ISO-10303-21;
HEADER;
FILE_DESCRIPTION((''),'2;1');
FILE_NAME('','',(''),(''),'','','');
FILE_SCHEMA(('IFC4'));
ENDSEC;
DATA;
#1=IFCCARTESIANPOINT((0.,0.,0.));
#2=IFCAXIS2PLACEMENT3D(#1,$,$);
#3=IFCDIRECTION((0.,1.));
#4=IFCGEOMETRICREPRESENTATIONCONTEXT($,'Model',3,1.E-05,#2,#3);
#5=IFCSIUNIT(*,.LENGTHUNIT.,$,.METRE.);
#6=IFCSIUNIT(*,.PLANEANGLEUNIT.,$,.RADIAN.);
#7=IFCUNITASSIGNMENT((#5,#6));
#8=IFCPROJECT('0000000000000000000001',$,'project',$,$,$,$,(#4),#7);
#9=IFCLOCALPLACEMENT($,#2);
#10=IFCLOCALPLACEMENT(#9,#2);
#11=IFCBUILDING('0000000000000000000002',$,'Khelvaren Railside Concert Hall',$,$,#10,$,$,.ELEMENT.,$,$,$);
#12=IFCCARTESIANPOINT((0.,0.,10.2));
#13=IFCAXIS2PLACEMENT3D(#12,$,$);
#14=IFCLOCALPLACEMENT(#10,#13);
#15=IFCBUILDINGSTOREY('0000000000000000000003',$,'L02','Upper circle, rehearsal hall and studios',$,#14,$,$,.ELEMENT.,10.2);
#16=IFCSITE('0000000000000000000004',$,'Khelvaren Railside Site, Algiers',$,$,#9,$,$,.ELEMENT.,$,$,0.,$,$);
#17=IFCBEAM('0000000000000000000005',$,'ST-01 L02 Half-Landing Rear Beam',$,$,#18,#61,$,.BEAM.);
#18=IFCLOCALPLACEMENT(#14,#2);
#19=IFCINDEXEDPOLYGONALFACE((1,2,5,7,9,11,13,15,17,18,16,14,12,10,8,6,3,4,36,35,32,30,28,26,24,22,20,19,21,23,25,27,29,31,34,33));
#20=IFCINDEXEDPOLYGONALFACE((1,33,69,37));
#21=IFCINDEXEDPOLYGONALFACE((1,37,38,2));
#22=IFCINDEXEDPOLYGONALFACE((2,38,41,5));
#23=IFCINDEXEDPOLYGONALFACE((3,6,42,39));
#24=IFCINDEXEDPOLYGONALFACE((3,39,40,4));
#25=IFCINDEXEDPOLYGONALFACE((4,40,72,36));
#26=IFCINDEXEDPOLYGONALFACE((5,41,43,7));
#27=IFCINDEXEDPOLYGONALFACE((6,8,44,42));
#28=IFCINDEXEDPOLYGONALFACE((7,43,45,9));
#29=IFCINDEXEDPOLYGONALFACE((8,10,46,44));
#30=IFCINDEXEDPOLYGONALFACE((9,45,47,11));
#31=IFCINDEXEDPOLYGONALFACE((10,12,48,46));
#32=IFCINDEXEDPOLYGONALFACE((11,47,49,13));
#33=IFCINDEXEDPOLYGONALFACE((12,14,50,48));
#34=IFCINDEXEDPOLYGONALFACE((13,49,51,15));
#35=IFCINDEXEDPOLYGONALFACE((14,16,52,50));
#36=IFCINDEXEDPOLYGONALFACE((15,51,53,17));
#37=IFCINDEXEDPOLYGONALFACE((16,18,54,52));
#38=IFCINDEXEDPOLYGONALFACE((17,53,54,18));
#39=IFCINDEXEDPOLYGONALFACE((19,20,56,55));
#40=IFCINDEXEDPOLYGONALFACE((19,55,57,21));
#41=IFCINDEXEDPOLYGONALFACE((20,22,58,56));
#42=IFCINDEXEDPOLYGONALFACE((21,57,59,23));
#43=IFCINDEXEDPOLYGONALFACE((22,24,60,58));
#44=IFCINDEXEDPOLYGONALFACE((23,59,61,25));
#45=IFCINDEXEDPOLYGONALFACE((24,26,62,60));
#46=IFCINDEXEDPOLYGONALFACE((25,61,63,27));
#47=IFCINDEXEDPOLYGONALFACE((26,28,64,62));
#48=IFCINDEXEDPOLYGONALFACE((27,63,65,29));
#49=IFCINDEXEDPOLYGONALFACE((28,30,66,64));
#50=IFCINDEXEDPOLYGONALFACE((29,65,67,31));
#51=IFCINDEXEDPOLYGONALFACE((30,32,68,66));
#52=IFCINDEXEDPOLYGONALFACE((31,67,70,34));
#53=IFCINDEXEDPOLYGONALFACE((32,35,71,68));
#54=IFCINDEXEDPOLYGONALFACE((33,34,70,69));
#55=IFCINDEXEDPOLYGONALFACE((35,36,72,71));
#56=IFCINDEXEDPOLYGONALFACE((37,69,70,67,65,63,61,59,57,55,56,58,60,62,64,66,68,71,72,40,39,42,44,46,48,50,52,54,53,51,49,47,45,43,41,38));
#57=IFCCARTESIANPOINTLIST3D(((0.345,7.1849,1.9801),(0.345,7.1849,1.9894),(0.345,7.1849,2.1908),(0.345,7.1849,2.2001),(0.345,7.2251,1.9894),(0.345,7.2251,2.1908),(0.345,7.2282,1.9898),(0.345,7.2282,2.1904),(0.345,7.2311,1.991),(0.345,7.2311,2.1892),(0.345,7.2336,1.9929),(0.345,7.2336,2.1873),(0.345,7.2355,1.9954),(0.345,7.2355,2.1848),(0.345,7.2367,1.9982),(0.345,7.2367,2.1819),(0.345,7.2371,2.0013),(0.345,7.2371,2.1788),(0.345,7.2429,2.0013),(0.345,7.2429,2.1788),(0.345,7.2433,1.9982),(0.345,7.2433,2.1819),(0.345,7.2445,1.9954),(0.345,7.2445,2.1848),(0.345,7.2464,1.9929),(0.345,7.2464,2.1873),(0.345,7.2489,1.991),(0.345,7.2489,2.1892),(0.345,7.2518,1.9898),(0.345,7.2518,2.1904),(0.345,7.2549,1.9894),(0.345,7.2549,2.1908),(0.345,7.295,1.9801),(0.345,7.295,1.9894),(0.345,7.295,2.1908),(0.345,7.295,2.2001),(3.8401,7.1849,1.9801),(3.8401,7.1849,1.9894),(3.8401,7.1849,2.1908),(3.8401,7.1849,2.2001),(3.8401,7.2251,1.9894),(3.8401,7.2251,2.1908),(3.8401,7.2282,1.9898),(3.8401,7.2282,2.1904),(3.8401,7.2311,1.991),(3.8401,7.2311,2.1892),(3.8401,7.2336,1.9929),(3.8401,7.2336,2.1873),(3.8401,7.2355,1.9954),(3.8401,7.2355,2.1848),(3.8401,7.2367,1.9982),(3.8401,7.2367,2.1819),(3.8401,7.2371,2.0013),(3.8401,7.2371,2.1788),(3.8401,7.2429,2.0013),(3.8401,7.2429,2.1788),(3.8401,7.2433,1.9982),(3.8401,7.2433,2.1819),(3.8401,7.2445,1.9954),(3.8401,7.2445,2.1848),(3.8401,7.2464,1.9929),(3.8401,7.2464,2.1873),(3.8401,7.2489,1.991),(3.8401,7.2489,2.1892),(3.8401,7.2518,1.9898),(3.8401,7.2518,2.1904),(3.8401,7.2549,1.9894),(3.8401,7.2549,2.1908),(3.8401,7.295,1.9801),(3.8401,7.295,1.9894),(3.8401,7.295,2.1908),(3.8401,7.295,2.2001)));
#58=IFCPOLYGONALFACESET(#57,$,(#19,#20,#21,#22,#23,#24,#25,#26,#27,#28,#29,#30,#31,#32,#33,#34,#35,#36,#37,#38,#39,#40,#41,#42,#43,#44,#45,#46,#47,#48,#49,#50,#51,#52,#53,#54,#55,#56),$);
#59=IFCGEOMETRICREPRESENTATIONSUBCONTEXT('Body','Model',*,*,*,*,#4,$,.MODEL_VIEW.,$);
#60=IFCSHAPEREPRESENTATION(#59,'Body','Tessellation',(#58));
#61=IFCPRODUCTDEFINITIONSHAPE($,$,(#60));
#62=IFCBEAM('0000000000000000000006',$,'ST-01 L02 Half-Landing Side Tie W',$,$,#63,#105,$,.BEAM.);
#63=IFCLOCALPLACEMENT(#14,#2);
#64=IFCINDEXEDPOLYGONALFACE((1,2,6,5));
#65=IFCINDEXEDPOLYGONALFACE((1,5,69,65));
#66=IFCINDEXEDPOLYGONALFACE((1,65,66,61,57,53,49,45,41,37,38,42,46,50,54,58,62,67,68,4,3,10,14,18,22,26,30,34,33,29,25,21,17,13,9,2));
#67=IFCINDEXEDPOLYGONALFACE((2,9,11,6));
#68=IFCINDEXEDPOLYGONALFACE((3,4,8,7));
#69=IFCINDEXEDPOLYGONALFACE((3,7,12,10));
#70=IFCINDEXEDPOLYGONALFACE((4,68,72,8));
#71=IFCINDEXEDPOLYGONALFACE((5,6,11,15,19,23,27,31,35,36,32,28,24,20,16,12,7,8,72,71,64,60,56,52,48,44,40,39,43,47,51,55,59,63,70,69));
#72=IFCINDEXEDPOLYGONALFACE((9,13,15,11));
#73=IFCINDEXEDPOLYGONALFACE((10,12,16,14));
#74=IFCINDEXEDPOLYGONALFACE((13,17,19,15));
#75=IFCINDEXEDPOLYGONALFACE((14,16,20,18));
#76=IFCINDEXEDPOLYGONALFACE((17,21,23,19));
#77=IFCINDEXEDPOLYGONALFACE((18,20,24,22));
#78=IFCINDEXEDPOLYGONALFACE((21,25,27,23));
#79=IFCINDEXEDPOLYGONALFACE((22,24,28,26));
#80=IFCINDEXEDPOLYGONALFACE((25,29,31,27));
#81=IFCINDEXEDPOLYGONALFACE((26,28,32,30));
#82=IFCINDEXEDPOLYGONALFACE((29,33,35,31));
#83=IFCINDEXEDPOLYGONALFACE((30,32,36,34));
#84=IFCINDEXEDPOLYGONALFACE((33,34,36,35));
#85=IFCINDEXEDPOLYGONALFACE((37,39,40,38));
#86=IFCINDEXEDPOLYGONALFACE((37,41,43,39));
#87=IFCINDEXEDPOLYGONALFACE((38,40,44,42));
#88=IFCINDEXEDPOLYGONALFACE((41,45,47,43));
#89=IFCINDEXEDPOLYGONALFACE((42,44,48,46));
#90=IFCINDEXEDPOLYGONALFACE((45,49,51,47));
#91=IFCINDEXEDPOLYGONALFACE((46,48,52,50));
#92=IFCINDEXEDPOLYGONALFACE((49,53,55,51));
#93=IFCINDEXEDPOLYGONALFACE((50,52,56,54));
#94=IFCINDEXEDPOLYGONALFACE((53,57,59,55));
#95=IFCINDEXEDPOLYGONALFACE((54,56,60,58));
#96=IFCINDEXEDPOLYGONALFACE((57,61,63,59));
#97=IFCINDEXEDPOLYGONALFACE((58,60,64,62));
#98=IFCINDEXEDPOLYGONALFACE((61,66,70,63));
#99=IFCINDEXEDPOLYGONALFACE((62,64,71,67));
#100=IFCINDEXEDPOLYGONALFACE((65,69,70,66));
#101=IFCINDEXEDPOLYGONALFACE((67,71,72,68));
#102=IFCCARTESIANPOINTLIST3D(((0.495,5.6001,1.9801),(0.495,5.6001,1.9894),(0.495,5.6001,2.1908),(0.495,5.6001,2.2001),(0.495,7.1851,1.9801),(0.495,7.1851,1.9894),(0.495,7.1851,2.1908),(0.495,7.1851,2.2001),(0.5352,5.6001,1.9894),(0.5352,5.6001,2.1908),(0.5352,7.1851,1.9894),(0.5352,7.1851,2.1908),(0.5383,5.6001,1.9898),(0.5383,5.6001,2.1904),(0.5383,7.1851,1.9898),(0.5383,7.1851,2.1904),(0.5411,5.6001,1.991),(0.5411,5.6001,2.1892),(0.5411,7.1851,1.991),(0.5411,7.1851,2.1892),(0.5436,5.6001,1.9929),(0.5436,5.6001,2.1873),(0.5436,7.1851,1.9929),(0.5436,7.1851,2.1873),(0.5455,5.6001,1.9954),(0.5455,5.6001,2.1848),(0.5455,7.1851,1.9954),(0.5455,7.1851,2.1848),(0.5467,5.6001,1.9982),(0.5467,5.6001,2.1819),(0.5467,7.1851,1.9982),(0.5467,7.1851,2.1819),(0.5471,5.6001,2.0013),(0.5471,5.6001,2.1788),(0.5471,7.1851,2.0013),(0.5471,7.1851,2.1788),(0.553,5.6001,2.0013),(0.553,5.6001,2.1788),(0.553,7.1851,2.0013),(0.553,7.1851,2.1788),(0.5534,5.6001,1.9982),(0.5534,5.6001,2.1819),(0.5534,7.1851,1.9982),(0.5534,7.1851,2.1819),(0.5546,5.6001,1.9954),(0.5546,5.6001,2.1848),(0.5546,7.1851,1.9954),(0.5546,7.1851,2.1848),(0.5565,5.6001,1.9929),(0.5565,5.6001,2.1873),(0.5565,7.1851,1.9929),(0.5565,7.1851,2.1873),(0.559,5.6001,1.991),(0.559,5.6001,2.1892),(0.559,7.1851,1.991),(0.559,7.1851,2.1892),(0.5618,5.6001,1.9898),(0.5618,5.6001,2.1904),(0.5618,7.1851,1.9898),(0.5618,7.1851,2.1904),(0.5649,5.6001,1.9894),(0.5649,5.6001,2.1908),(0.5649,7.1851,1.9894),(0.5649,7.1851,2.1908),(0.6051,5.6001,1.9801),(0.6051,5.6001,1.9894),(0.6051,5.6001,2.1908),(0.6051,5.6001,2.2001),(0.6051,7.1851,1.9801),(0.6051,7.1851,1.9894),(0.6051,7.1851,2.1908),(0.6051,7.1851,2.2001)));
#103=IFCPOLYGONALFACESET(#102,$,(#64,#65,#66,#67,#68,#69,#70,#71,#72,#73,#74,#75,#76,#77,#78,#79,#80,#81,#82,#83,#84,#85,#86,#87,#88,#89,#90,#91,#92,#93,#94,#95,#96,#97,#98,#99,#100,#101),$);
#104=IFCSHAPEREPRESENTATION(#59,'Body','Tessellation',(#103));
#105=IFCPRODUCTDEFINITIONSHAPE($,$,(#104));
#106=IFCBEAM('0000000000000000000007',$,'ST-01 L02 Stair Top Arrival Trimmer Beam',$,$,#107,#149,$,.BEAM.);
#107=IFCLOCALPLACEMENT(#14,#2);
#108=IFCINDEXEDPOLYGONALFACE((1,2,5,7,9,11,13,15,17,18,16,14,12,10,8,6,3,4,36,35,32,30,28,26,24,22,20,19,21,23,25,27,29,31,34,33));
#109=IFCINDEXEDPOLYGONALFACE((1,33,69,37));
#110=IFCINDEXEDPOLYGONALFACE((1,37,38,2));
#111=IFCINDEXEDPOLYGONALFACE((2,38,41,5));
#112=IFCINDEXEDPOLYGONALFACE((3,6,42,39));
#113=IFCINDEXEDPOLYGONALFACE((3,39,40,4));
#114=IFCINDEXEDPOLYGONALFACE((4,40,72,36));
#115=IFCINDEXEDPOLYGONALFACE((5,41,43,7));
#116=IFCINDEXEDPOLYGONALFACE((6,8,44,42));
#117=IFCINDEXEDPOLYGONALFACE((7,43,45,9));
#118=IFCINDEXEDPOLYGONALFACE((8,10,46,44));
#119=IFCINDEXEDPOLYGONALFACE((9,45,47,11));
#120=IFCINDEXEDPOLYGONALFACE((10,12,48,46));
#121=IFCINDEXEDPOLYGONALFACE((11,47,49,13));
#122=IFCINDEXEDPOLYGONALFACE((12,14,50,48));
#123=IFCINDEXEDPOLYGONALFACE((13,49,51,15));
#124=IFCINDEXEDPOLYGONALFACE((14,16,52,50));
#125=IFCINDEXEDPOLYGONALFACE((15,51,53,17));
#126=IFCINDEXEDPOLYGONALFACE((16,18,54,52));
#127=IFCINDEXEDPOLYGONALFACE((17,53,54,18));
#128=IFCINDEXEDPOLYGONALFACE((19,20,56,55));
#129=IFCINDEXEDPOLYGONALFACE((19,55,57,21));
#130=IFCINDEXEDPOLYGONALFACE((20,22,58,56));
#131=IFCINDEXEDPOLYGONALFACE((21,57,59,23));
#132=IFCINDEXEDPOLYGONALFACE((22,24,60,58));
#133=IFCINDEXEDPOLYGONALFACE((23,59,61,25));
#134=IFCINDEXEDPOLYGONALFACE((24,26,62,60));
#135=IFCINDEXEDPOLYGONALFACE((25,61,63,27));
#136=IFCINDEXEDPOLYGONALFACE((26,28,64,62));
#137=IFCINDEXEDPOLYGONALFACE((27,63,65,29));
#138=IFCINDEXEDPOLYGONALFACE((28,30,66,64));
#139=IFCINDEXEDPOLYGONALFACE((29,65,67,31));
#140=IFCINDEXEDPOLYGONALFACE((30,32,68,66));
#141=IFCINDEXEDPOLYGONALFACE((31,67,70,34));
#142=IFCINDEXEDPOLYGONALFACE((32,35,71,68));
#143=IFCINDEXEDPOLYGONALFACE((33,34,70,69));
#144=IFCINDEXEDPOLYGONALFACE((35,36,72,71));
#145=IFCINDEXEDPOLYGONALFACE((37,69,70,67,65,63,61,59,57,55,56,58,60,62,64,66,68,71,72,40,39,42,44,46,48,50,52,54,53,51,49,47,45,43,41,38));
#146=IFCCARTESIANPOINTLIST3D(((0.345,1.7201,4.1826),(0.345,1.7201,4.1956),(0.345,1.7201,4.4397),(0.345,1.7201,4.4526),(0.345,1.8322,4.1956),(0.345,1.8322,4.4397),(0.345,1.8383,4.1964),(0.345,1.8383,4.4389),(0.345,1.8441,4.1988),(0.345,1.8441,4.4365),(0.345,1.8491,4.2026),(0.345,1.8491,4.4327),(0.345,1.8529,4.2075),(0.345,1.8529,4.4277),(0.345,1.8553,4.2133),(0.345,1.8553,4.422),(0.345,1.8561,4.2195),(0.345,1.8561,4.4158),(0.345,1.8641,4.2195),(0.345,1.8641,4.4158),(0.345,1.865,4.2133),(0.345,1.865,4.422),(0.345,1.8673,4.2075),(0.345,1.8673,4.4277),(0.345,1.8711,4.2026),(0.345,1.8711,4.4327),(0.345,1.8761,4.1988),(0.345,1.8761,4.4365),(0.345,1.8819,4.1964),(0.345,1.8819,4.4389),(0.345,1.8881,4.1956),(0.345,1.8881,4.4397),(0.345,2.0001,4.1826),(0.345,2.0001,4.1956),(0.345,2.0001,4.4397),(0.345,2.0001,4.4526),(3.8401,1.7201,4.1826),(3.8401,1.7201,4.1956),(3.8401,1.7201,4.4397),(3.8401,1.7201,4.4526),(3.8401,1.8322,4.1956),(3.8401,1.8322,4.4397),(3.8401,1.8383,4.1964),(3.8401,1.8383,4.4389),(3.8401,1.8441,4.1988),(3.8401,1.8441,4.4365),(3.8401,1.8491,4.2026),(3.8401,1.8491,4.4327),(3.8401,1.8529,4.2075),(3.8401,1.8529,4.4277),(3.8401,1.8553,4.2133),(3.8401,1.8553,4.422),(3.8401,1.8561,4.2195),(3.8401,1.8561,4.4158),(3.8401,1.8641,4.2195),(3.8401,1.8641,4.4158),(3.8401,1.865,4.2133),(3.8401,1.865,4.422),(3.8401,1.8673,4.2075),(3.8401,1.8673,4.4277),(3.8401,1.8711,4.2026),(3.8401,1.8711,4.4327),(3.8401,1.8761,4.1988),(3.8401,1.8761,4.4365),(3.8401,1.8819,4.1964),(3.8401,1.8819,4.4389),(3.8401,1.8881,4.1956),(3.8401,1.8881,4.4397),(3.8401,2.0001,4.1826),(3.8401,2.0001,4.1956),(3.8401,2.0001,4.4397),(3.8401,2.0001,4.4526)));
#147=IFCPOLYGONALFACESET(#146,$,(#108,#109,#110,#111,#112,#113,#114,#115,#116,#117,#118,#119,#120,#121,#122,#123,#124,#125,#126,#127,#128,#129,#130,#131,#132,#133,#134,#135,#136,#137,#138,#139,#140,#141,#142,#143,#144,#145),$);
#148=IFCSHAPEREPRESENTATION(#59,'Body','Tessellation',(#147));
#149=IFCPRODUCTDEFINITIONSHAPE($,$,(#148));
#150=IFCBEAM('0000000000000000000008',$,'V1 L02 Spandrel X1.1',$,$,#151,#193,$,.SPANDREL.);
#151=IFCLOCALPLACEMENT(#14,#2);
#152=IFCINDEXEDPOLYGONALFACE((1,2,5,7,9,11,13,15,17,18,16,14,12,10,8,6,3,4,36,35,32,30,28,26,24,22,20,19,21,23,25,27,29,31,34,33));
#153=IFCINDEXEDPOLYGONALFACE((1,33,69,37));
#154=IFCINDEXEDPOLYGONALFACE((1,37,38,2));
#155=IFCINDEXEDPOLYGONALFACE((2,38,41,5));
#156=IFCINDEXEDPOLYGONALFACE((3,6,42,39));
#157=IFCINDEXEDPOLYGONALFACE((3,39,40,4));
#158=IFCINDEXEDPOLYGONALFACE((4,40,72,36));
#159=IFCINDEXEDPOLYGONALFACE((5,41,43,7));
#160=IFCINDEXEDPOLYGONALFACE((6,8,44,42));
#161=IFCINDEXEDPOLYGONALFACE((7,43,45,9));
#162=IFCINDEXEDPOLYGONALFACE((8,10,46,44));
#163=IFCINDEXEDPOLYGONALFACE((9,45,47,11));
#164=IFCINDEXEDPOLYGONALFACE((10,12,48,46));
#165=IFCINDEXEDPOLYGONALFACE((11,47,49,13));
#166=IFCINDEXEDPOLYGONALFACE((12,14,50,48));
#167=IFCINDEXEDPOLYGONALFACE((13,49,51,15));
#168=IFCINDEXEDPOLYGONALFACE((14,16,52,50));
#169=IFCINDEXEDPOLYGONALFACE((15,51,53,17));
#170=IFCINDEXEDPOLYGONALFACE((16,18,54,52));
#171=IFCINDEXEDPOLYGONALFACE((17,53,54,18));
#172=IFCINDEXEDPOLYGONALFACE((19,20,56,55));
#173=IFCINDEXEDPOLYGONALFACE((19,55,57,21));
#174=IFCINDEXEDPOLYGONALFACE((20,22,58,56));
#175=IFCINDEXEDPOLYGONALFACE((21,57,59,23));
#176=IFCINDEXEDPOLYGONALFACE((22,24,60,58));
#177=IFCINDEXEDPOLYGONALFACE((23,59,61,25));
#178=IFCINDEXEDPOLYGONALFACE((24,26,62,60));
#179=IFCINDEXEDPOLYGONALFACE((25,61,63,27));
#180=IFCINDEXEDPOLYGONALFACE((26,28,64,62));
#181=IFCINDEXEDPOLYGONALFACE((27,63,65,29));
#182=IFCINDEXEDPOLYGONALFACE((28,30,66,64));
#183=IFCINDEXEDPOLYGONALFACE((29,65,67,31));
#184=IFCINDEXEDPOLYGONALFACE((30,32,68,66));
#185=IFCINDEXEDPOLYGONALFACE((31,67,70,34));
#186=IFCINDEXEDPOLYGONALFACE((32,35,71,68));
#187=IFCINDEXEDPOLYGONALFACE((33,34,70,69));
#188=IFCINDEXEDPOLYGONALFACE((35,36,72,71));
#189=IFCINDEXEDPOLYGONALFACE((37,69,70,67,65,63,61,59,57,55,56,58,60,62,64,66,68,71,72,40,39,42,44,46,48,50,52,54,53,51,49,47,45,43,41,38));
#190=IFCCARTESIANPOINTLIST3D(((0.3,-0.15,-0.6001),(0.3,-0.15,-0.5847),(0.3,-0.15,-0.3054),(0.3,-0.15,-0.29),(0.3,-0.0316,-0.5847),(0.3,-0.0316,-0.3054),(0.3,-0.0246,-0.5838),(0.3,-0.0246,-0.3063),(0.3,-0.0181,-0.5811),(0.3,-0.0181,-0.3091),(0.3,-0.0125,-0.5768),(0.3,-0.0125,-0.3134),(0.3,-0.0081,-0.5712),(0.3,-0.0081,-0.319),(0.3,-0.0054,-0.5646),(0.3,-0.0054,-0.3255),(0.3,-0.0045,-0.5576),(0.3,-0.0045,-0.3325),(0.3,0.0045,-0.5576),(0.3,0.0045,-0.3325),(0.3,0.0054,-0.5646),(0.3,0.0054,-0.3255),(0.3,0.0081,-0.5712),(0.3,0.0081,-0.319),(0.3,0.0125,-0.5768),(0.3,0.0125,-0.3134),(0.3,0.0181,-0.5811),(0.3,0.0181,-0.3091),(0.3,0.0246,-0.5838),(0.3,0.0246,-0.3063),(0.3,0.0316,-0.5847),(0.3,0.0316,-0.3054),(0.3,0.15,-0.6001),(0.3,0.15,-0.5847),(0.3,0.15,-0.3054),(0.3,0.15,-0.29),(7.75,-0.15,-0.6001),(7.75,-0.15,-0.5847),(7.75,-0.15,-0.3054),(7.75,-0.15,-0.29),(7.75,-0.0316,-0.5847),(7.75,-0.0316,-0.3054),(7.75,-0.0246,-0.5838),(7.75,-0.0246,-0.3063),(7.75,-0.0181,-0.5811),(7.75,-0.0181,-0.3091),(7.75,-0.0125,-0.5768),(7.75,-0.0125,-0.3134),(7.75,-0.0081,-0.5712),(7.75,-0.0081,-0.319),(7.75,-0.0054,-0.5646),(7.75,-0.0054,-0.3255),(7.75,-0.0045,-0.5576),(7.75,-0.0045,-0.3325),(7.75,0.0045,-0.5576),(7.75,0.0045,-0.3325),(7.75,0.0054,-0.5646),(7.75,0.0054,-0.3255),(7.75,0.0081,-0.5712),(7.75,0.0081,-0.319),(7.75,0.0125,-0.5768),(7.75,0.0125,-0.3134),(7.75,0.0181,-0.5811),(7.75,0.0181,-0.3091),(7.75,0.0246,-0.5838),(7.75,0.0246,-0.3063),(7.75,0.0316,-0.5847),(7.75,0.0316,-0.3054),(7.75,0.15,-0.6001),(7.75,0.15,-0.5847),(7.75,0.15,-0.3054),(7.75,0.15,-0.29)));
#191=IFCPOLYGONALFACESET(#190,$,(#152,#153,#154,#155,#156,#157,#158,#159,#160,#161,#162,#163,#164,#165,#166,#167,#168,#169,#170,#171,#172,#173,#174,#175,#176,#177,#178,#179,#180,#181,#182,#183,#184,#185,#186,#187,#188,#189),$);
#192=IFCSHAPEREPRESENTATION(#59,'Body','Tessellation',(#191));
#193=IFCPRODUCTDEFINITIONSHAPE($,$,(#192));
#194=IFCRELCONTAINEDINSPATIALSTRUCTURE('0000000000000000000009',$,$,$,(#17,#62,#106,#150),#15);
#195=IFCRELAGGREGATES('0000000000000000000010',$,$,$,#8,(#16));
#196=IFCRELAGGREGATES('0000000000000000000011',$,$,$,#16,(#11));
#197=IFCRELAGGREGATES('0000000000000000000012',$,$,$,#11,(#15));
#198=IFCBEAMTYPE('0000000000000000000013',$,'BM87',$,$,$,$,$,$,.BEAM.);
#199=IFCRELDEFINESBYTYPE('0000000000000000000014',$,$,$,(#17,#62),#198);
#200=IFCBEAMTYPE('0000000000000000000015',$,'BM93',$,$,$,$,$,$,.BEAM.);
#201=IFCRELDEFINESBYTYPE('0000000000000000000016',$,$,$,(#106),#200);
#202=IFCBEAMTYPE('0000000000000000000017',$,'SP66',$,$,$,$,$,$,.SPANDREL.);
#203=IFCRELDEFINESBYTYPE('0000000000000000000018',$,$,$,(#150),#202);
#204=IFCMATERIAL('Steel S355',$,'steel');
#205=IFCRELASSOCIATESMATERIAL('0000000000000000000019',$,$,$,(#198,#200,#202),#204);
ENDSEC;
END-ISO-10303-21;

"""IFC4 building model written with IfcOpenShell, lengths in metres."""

from ifc_helpers import new_model, si_unit, direction, frame, origin, origin_2d, place, context, subcontext, project, spatial, i_section, extrude, material, material_profile, profile_set, type_object, element, save


model = new_model("IFC4")

# Units and contexts
model_context = context("Model", 3, precision=1e-05, world=origin(), true_north=direction((0.0, 1.0)))
body_context = subcontext(model_context, "Body", "Model", "MODEL_VIEW")
ifc_project = project(units=[si_unit("LENGTHUNIT", "METRE"), si_unit("PLANEANGLEUNIT", "RADIAN")], contexts=[model_context])

# Site, building, storey
site_placement = place(None, origin())
site = spatial("IfcSite", under=ifc_project, at=site_placement, Name="Khelvaren Railside Site, Algiers", CompositionType="ELEMENT", RefElevation=0.0)
building_placement = place(site_placement, origin())
building = spatial("IfcBuilding", under=site, at=building_placement, Name="Khelvaren Railside Concert Hall", CompositionType="ELEMENT")
storey_placement = place(building_placement, frame((0.0, 0.0, 10.2)))
storey = spatial("IfcBuildingStorey", under=building, at=storey_placement, Name="L02", Description="Upper circle, rehearsal hall and studios", CompositionType="ELEMENT", Elevation=10.2)

# Beams
ifc_material_1 = material(Name="Steel S355", Category="steel")
ifc_material_profile_1 = material_profile(ifc_material_1, i_section(OverallWidth=0.1101, OverallDepth=0.22, WebThickness=0.0059, FlangeThickness=0.0093, FilletRadius=0.012, at=origin_2d()), Name="IPE 220")
ifc_profile_set_1 = profile_set([ifc_material_profile_1], Name="Steel S355")
beam_type_1 = type_object("IfcBeamType", Name="BM87", PredefinedType="BEAM", material=ifc_profile_set_1)
for number, where, z_axis, x_axis, name in (
    (1, (0.345, 7.24, 2.0901), (1.0, 0.0, 0.0), (0.0, 1.0, 0.0), "ST-01 L02 Half-Landing Rear Beam"),
):
    element("IfcBeam", number, at=place(storey_placement, frame(where, z_axis=z_axis, x_axis=x_axis)), inside=storey, type_object=beam_type_1, Name=name, PredefinedType="BEAM", context=body_context, shape_type="SweptSolid", body=[
        extrude(i_section(OverallWidth=0.1101, OverallDepth=0.22, WebThickness=0.0059, FlangeThickness=0.0093, FilletRadius=0.012, at=origin_2d()), origin(), (0.0, 0.0, 1.0), 3.4951),
    ])
beam_1_placement = place(storey_placement, frame((0.55, 5.6001, 2.0901), z_axis=(0.0, 1.0, 0.0), x_axis=(-1.0, 0.0, 0.0)))
element("IfcBeam", 2, at=beam_1_placement, inside=storey, type_object=beam_type_1, Name="ST-01 L02 Half-Landing Side Tie W", PredefinedType="BEAM", context=body_context, shape_type="SweptSolid", body=[
    extrude(i_section(OverallWidth=0.1101, OverallDepth=0.22, WebThickness=0.0059, FlangeThickness=0.0093, FilletRadius=0.012, at=origin_2d()), origin(), (0.0, 0.0, 1.0), 1.585),
])
ifc_material_profile_2 = material_profile(ifc_material_1, i_section(OverallWidth=0.28, OverallDepth=0.27, WebThickness=0.0081, FlangeThickness=0.0129, FilletRadius=0.0239, at=origin_2d()), Name="HEA 280")
ifc_profile_set_2 = profile_set([ifc_material_profile_2], Name="Steel S355")
beam_type_2 = type_object("IfcBeamType", Name="BM93", PredefinedType="BEAM", material=ifc_profile_set_2)
beam_2_placement = place(storey_placement, frame((0.345, 1.8601, 4.3176), z_axis=(1.0, 0.0, 0.0), x_axis=(0.0, 1.0, 0.0)))
element("IfcBeam", 3, at=beam_2_placement, inside=storey, type_object=beam_type_2, Name="ST-01 L02 Stair Top Arrival Trimmer Beam", PredefinedType="BEAM", context=body_context, shape_type="SweptSolid", body=[
    extrude(i_section(OverallWidth=0.28, OverallDepth=0.27, WebThickness=0.0081, FlangeThickness=0.0129, FilletRadius=0.0239, at=origin_2d()), origin(), (0.0, 0.0, 1.0), 3.4951),
])
ifc_material_profile_3 = material_profile(ifc_material_1, i_section(OverallWidth=0.3, OverallDepth=0.3101, WebThickness=0.009, FlangeThickness=0.0154, FilletRadius=0.0271, at=origin_2d()), Name="HEA 320")
ifc_profile_set_3 = profile_set([ifc_material_profile_3], Name="Steel S355")
beam_type_3 = type_object("IfcBeamType", Name="SP66", PredefinedType="SPANDREL", material=ifc_profile_set_3)
beam_3_placement = place(storey_placement, frame((0.3, 0.0, -0.4451), z_axis=(1.0, 0.0, 0.0), x_axis=(0.0, 1.0, 0.0)))
element("IfcBeam", 4, at=beam_3_placement, inside=storey, type_object=beam_type_3, Name="V1 L02 Spandrel X1.1", PredefinedType="SPANDREL", context=body_context, shape_type="SweptSolid", body=[
    extrude(i_section(OverallWidth=0.3, OverallDepth=0.3101, WebThickness=0.009, FlangeThickness=0.0154, FilletRadius=0.0271, at=origin_2d()), origin(), (0.0, 0.0, 1.0), 7.45),
])

save(model, "model.ifc")
